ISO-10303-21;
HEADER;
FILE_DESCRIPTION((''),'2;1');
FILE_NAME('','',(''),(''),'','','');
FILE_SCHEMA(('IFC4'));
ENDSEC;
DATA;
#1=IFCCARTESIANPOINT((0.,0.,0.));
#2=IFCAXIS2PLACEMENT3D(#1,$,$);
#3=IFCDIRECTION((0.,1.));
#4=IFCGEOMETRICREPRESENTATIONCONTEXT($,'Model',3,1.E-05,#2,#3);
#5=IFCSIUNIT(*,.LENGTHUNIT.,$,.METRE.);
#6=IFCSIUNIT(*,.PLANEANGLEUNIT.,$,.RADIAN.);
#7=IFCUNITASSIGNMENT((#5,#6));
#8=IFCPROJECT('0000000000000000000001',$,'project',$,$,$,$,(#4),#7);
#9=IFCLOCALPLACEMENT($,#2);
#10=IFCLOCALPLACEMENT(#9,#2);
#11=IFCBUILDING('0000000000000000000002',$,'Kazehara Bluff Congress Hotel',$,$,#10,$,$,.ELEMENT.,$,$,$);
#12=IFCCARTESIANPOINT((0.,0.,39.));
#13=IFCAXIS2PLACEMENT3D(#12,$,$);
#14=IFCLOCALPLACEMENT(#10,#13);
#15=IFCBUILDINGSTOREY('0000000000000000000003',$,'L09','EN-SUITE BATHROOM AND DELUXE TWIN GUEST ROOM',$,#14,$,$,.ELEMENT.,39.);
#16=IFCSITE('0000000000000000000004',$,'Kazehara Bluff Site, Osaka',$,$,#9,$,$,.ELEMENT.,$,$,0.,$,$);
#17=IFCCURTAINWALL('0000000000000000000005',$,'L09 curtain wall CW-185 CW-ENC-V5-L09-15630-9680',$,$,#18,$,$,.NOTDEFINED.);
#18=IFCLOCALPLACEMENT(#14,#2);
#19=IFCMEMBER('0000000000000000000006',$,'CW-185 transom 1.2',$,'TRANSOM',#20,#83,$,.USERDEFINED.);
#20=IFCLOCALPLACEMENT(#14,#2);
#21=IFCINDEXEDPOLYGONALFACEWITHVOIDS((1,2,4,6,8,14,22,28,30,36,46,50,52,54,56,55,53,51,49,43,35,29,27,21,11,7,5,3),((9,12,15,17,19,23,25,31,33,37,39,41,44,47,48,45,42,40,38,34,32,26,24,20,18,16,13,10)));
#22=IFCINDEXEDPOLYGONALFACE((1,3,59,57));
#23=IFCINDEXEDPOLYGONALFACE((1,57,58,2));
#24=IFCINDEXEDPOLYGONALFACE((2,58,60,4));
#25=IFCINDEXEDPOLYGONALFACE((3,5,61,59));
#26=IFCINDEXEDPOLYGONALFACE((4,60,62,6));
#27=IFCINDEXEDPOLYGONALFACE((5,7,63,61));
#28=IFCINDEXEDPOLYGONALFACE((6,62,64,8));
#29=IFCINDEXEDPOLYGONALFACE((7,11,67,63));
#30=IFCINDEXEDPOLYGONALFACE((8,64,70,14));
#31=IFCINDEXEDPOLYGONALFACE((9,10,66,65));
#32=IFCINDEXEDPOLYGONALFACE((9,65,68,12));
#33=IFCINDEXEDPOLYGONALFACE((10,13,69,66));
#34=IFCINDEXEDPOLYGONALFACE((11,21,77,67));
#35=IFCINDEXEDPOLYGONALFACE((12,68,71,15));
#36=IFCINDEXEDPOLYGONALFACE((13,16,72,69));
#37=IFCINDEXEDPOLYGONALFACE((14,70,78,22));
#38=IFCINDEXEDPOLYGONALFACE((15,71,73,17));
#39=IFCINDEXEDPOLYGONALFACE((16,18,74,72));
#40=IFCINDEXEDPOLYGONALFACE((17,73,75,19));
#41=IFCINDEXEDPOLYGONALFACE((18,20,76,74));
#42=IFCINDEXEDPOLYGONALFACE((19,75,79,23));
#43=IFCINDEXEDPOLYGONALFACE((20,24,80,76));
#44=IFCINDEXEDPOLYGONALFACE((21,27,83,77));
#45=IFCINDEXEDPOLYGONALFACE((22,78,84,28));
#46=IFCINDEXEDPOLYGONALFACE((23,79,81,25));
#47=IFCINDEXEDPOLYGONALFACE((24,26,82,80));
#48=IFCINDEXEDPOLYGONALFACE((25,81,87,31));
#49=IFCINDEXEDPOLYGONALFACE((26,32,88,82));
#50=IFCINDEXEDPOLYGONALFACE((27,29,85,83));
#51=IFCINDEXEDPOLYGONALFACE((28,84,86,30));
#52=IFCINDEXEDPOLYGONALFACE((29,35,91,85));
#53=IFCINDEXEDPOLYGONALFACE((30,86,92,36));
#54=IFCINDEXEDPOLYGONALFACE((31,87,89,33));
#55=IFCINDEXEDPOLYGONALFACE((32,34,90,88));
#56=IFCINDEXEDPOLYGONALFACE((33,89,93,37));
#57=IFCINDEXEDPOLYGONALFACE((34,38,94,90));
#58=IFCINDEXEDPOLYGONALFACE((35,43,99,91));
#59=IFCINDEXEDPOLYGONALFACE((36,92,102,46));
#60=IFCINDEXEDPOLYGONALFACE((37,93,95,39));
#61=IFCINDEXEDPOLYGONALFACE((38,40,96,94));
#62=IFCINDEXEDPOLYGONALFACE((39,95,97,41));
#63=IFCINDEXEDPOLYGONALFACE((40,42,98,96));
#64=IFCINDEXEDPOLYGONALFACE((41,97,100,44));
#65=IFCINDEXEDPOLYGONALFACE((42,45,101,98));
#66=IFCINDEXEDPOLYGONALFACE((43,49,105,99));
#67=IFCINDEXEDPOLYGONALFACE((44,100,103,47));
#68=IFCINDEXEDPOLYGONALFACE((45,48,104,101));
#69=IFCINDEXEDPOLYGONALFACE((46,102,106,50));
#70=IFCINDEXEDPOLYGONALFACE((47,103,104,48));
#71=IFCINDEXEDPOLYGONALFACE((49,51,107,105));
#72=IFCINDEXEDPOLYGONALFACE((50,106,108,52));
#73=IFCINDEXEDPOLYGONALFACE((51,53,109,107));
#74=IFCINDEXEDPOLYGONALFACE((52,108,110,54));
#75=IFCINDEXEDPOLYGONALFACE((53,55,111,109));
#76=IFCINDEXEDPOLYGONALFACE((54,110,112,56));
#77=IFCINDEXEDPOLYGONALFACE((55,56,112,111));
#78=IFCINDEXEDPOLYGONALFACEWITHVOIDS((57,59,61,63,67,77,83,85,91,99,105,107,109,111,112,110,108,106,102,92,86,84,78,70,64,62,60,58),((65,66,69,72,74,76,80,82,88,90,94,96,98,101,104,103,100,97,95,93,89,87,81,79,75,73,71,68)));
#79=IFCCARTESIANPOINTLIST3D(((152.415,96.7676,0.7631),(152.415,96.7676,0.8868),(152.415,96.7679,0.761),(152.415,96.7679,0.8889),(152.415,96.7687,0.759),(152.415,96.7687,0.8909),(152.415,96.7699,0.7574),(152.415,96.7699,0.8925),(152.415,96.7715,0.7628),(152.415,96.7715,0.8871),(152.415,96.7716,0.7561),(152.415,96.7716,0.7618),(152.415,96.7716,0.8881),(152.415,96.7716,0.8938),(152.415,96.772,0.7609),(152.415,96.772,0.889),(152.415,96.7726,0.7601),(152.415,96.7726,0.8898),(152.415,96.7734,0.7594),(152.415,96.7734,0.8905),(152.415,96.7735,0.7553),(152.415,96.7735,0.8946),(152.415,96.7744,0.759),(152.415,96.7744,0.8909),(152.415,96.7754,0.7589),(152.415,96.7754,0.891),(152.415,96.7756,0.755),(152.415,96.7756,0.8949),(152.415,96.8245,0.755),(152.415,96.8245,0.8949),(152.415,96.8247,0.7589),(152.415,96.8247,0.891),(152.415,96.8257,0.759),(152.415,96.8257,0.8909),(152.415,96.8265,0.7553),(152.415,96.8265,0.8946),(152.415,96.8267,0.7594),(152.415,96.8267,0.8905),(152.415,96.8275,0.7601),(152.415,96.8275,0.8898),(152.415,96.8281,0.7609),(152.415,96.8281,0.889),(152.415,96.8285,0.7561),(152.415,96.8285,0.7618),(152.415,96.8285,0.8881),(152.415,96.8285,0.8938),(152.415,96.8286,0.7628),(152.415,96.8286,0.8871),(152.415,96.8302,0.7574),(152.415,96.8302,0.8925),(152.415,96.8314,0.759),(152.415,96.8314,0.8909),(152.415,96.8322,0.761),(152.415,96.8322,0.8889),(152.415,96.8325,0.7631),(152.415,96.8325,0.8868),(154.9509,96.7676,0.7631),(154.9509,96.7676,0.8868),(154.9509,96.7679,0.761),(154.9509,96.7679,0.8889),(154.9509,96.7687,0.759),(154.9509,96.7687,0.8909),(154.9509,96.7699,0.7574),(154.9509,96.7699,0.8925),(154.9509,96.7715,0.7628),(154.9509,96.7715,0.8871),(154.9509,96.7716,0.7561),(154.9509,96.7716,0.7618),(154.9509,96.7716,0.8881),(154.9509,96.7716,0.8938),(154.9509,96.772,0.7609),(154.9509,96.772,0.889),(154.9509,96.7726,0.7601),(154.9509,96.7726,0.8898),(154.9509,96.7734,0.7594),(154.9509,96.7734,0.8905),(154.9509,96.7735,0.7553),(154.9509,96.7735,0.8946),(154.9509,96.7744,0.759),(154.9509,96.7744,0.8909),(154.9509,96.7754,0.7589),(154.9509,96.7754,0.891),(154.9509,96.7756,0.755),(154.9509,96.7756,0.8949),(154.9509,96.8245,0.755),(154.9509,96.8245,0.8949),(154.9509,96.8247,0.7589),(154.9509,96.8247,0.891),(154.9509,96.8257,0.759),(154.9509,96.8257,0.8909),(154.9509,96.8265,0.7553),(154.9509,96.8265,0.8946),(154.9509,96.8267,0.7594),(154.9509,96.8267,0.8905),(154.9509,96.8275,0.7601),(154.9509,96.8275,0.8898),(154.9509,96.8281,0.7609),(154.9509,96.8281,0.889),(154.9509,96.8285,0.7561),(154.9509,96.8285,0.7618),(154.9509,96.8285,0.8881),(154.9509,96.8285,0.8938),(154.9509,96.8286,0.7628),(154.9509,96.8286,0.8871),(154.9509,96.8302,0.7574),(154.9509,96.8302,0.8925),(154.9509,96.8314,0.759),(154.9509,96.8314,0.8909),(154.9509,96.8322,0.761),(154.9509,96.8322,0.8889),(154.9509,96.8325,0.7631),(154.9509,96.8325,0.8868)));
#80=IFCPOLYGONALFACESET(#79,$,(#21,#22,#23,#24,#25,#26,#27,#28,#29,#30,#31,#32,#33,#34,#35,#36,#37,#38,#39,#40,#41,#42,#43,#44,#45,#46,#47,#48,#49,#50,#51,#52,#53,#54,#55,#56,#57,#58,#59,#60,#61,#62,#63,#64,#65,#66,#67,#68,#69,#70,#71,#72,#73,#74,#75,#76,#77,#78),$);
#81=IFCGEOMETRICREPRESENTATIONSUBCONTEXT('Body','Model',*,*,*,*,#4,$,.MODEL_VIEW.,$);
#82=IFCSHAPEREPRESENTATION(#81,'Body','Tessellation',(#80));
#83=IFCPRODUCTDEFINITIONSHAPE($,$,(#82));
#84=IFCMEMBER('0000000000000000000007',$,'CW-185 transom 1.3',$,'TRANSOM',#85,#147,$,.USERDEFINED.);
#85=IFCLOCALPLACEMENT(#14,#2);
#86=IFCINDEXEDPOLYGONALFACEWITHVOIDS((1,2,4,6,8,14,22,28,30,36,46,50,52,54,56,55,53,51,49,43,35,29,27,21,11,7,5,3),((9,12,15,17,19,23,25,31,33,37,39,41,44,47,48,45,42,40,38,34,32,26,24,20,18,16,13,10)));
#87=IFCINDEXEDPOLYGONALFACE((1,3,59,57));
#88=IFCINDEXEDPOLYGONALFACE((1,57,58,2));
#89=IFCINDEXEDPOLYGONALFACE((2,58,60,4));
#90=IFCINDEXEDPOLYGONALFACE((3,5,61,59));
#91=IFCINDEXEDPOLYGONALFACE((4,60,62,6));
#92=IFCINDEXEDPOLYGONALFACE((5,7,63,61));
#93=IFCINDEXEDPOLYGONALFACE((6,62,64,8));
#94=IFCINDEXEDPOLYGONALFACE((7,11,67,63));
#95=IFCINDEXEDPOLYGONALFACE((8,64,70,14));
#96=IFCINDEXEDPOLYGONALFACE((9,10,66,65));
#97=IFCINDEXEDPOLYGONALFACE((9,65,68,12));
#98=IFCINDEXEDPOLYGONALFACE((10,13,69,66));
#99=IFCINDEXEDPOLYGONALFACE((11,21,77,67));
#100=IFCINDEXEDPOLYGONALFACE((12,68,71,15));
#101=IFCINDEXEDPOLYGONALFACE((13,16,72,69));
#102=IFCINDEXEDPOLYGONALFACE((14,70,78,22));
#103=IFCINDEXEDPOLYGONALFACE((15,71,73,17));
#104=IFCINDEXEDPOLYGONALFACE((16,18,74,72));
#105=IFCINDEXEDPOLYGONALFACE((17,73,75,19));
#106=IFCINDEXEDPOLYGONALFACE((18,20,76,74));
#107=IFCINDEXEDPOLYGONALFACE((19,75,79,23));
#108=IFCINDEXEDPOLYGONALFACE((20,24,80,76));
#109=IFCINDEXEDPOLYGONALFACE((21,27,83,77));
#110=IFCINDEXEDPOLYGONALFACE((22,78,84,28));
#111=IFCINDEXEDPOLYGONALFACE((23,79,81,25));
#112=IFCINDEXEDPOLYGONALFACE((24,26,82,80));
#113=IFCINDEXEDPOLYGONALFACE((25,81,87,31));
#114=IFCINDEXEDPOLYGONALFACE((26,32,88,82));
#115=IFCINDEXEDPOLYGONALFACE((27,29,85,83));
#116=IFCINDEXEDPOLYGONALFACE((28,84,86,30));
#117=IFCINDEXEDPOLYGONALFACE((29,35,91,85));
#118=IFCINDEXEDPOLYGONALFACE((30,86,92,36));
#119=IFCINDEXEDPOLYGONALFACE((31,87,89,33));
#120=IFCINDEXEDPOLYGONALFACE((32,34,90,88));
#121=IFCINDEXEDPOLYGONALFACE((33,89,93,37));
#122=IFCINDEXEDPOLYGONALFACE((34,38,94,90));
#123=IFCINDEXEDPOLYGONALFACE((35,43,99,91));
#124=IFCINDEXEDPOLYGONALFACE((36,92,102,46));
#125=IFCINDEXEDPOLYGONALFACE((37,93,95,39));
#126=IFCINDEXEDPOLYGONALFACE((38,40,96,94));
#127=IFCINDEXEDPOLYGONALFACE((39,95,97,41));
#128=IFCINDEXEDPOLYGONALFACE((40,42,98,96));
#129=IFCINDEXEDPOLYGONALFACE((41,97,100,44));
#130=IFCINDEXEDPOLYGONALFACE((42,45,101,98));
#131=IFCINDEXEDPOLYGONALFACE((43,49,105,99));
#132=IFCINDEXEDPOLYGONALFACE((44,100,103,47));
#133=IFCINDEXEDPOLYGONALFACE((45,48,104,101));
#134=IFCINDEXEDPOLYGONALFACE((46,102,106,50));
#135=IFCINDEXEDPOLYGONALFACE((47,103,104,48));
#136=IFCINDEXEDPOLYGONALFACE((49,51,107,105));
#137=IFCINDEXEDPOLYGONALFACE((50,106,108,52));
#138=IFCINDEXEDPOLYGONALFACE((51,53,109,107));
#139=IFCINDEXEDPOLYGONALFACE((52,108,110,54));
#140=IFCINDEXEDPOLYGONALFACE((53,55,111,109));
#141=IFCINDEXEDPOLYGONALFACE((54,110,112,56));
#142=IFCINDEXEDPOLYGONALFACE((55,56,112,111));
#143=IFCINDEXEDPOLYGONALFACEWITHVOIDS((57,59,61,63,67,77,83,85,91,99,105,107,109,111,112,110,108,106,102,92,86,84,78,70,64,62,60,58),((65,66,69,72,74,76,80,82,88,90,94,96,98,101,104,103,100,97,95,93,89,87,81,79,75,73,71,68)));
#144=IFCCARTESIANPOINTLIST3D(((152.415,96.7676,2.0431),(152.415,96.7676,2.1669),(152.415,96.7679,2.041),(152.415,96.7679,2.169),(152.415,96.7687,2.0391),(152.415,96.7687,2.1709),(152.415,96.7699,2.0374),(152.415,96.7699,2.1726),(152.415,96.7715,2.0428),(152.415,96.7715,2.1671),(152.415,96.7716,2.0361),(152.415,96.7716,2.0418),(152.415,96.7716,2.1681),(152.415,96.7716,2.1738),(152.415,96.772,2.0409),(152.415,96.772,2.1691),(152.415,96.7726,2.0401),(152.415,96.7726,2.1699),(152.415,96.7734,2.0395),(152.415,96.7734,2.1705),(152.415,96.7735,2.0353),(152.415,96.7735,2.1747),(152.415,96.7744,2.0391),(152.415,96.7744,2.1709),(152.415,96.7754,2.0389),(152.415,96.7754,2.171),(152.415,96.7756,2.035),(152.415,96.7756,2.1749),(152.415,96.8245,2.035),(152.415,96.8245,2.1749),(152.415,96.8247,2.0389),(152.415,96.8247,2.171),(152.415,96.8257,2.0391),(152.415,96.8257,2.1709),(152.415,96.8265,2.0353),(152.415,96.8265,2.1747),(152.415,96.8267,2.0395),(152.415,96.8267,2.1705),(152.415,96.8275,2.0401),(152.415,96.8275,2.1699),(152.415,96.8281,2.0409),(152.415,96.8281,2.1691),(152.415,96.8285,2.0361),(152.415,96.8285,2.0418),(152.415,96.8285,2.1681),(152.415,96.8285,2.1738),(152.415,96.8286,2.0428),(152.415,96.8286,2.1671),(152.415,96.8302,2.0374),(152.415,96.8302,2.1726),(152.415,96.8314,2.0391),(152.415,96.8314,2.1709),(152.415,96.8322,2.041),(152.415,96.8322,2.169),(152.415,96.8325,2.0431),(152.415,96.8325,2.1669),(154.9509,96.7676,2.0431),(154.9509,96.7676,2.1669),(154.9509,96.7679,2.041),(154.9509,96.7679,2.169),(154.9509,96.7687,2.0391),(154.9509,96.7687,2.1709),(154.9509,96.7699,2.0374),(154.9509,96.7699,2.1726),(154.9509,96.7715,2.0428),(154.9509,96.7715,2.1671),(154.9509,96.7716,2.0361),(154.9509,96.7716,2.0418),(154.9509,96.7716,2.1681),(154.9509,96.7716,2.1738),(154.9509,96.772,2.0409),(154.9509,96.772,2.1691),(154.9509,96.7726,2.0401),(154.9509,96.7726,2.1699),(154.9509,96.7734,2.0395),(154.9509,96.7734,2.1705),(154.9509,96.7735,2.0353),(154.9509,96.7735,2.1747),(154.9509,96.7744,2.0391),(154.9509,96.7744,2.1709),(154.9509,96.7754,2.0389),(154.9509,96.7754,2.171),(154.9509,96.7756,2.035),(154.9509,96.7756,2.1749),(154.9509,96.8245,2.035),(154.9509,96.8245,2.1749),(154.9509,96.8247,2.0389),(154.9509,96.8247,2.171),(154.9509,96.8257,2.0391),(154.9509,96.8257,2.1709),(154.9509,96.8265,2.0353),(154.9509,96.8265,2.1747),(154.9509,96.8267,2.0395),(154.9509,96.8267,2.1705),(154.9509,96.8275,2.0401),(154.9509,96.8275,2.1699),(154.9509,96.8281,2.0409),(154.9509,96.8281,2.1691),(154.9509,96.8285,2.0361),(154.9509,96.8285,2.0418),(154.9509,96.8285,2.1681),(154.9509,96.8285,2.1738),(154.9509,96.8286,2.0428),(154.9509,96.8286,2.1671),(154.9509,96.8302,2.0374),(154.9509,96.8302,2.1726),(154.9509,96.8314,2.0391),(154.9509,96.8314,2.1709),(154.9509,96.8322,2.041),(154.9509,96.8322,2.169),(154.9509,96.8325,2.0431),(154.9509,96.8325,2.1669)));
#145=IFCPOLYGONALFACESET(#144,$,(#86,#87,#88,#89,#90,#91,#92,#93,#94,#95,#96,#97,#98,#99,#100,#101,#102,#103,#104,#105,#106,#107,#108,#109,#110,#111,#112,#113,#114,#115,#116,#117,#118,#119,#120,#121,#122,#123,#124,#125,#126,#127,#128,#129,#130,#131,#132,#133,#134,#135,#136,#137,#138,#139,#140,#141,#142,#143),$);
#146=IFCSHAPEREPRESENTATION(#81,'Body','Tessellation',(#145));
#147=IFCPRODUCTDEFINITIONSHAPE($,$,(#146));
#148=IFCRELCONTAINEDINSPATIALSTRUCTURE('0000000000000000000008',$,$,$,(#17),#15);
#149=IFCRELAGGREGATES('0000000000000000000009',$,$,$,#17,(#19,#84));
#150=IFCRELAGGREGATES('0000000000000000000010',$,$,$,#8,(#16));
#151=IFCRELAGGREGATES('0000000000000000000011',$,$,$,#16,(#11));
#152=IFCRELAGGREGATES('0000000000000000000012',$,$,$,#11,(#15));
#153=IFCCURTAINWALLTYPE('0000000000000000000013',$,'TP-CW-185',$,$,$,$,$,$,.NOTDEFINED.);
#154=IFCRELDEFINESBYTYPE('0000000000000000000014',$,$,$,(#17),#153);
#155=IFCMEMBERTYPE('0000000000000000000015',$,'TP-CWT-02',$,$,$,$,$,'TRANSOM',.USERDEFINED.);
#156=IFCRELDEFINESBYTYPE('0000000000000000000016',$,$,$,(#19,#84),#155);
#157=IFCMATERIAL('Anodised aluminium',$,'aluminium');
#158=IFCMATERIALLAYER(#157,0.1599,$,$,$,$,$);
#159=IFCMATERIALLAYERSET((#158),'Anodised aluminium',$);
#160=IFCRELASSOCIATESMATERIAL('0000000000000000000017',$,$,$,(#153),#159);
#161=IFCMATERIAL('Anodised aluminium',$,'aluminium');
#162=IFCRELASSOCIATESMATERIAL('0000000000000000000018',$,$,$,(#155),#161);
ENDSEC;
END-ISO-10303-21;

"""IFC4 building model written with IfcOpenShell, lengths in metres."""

from ifc_helpers import new_model, si_unit, direction, frame, origin, origin_2d, place, context, subcontext, project, spatial, hollow_rectangle, extrude, material, layer, layer_set, material_profile, profile_set, type_object, element, aggregate, save


model = new_model("IFC4")

# Units and contexts
model_context = context("Model", 3, precision=1e-05, world=origin(), true_north=direction((0.0, 1.0)))
body_context = subcontext(model_context, "Body", "Model", "MODEL_VIEW")
ifc_project = project(units=[si_unit("LENGTHUNIT", "METRE"), si_unit("PLANEANGLEUNIT", "RADIAN")], contexts=[model_context])

# Site, building, storey
site_placement = place(None, origin())
site = spatial("IfcSite", under=ifc_project, at=site_placement, Name="Kazehara Bluff Site, Osaka", CompositionType="ELEMENT", RefElevation=0.0)
building_placement = place(site_placement, origin())
building = spatial("IfcBuilding", under=site, at=building_placement, Name="Kazehara Bluff Congress Hotel", CompositionType="ELEMENT")
storey_placement = place(building_placement, frame((0.0, 0.0, 39.0)))
storey = spatial("IfcBuildingStorey", under=building, at=storey_placement, Name="L09", Description="EN-SUITE BATHROOM AND DELUXE TWIN GUEST ROOM", CompositionType="ELEMENT", Elevation=39.0)

# Shared definitions
ifc_material_1 = material(Name="Anodised aluminium", Category="aluminium")
ifc_layer_1 = layer(ifc_material_1, 0.1599)
ifc_layer_set_1 = layer_set([ifc_layer_1], Name="Anodised aluminium")
curtain_wall_type = type_object("IfcCurtainWallType", Name="TP-CW-185", PredefinedType="NOTDEFINED", material=ifc_layer_set_1)

# Curtain wall
curtain_wall_1_placement = place(storey_placement, origin())
curtain_wall_1 = element("IfcCurtainWall", 1, at=curtain_wall_1_placement, inside=storey, type_object=curtain_wall_type, Name="L09 curtain wall CW-185 CW-ENC-V5-L09-15630-9680", PredefinedType="NOTDEFINED")

# Members
ifc_material_2 = material(Name="Anodised aluminium", Category="aluminium")
ifc_material_profile_1 = material_profile(ifc_material_2, hollow_rectangle(XDim=0.0649, YDim=0.1399, WallThickness=0.0039, InnerFilletRadius=0.0039, OuterFilletRadius=0.0081, at=origin_2d()))
ifc_profile_set_1 = profile_set([ifc_material_profile_1], Name="Anodised aluminium")
member_type_1 = type_object("IfcMemberType", Name="TP-CWT-02", ElementType="TRANSOM", PredefinedType="USERDEFINED", material=ifc_profile_set_1)
member_1_placement = place(storey_placement, frame((152.415, 96.8, 0.825), z_axis=(1.0, 0.0, 0.0), x_axis=(0.0, 1.0, 0.0)))
member_1 = element("IfcMember", 2, at=member_1_placement, type_object=member_type_1, Name="CW-185 transom 1.2", ObjectType="TRANSOM", PredefinedType="USERDEFINED", context=body_context, shape_type="SweptSolid", body=[
    extrude(hollow_rectangle(XDim=0.0649, YDim=0.1399, WallThickness=0.0039, InnerFilletRadius=0.0039, OuterFilletRadius=0.0081, at=origin_2d()), origin(), (0.0, 0.0, 1.0), 2.5359),
])
member_2_placement = place(storey_placement, frame((152.415, 96.8, 2.105), z_axis=(1.0, 0.0, 0.0), x_axis=(0.0, 1.0, 0.0)))
member_2 = element("IfcMember", 3, at=member_2_placement, type_object=member_type_1, Name="CW-185 transom 1.3", ObjectType="TRANSOM", PredefinedType="USERDEFINED", context=body_context, shape_type="SweptSolid", body=[
    extrude(hollow_rectangle(XDim=0.0649, YDim=0.1399, WallThickness=0.0039, InnerFilletRadius=0.0039, OuterFilletRadius=0.0081, at=origin_2d()), origin(), (0.0, 0.0, 1.0), 2.5359),
])
aggregate(curtain_wall_1, [member_1, member_2])

save(model, "model.ifc")
